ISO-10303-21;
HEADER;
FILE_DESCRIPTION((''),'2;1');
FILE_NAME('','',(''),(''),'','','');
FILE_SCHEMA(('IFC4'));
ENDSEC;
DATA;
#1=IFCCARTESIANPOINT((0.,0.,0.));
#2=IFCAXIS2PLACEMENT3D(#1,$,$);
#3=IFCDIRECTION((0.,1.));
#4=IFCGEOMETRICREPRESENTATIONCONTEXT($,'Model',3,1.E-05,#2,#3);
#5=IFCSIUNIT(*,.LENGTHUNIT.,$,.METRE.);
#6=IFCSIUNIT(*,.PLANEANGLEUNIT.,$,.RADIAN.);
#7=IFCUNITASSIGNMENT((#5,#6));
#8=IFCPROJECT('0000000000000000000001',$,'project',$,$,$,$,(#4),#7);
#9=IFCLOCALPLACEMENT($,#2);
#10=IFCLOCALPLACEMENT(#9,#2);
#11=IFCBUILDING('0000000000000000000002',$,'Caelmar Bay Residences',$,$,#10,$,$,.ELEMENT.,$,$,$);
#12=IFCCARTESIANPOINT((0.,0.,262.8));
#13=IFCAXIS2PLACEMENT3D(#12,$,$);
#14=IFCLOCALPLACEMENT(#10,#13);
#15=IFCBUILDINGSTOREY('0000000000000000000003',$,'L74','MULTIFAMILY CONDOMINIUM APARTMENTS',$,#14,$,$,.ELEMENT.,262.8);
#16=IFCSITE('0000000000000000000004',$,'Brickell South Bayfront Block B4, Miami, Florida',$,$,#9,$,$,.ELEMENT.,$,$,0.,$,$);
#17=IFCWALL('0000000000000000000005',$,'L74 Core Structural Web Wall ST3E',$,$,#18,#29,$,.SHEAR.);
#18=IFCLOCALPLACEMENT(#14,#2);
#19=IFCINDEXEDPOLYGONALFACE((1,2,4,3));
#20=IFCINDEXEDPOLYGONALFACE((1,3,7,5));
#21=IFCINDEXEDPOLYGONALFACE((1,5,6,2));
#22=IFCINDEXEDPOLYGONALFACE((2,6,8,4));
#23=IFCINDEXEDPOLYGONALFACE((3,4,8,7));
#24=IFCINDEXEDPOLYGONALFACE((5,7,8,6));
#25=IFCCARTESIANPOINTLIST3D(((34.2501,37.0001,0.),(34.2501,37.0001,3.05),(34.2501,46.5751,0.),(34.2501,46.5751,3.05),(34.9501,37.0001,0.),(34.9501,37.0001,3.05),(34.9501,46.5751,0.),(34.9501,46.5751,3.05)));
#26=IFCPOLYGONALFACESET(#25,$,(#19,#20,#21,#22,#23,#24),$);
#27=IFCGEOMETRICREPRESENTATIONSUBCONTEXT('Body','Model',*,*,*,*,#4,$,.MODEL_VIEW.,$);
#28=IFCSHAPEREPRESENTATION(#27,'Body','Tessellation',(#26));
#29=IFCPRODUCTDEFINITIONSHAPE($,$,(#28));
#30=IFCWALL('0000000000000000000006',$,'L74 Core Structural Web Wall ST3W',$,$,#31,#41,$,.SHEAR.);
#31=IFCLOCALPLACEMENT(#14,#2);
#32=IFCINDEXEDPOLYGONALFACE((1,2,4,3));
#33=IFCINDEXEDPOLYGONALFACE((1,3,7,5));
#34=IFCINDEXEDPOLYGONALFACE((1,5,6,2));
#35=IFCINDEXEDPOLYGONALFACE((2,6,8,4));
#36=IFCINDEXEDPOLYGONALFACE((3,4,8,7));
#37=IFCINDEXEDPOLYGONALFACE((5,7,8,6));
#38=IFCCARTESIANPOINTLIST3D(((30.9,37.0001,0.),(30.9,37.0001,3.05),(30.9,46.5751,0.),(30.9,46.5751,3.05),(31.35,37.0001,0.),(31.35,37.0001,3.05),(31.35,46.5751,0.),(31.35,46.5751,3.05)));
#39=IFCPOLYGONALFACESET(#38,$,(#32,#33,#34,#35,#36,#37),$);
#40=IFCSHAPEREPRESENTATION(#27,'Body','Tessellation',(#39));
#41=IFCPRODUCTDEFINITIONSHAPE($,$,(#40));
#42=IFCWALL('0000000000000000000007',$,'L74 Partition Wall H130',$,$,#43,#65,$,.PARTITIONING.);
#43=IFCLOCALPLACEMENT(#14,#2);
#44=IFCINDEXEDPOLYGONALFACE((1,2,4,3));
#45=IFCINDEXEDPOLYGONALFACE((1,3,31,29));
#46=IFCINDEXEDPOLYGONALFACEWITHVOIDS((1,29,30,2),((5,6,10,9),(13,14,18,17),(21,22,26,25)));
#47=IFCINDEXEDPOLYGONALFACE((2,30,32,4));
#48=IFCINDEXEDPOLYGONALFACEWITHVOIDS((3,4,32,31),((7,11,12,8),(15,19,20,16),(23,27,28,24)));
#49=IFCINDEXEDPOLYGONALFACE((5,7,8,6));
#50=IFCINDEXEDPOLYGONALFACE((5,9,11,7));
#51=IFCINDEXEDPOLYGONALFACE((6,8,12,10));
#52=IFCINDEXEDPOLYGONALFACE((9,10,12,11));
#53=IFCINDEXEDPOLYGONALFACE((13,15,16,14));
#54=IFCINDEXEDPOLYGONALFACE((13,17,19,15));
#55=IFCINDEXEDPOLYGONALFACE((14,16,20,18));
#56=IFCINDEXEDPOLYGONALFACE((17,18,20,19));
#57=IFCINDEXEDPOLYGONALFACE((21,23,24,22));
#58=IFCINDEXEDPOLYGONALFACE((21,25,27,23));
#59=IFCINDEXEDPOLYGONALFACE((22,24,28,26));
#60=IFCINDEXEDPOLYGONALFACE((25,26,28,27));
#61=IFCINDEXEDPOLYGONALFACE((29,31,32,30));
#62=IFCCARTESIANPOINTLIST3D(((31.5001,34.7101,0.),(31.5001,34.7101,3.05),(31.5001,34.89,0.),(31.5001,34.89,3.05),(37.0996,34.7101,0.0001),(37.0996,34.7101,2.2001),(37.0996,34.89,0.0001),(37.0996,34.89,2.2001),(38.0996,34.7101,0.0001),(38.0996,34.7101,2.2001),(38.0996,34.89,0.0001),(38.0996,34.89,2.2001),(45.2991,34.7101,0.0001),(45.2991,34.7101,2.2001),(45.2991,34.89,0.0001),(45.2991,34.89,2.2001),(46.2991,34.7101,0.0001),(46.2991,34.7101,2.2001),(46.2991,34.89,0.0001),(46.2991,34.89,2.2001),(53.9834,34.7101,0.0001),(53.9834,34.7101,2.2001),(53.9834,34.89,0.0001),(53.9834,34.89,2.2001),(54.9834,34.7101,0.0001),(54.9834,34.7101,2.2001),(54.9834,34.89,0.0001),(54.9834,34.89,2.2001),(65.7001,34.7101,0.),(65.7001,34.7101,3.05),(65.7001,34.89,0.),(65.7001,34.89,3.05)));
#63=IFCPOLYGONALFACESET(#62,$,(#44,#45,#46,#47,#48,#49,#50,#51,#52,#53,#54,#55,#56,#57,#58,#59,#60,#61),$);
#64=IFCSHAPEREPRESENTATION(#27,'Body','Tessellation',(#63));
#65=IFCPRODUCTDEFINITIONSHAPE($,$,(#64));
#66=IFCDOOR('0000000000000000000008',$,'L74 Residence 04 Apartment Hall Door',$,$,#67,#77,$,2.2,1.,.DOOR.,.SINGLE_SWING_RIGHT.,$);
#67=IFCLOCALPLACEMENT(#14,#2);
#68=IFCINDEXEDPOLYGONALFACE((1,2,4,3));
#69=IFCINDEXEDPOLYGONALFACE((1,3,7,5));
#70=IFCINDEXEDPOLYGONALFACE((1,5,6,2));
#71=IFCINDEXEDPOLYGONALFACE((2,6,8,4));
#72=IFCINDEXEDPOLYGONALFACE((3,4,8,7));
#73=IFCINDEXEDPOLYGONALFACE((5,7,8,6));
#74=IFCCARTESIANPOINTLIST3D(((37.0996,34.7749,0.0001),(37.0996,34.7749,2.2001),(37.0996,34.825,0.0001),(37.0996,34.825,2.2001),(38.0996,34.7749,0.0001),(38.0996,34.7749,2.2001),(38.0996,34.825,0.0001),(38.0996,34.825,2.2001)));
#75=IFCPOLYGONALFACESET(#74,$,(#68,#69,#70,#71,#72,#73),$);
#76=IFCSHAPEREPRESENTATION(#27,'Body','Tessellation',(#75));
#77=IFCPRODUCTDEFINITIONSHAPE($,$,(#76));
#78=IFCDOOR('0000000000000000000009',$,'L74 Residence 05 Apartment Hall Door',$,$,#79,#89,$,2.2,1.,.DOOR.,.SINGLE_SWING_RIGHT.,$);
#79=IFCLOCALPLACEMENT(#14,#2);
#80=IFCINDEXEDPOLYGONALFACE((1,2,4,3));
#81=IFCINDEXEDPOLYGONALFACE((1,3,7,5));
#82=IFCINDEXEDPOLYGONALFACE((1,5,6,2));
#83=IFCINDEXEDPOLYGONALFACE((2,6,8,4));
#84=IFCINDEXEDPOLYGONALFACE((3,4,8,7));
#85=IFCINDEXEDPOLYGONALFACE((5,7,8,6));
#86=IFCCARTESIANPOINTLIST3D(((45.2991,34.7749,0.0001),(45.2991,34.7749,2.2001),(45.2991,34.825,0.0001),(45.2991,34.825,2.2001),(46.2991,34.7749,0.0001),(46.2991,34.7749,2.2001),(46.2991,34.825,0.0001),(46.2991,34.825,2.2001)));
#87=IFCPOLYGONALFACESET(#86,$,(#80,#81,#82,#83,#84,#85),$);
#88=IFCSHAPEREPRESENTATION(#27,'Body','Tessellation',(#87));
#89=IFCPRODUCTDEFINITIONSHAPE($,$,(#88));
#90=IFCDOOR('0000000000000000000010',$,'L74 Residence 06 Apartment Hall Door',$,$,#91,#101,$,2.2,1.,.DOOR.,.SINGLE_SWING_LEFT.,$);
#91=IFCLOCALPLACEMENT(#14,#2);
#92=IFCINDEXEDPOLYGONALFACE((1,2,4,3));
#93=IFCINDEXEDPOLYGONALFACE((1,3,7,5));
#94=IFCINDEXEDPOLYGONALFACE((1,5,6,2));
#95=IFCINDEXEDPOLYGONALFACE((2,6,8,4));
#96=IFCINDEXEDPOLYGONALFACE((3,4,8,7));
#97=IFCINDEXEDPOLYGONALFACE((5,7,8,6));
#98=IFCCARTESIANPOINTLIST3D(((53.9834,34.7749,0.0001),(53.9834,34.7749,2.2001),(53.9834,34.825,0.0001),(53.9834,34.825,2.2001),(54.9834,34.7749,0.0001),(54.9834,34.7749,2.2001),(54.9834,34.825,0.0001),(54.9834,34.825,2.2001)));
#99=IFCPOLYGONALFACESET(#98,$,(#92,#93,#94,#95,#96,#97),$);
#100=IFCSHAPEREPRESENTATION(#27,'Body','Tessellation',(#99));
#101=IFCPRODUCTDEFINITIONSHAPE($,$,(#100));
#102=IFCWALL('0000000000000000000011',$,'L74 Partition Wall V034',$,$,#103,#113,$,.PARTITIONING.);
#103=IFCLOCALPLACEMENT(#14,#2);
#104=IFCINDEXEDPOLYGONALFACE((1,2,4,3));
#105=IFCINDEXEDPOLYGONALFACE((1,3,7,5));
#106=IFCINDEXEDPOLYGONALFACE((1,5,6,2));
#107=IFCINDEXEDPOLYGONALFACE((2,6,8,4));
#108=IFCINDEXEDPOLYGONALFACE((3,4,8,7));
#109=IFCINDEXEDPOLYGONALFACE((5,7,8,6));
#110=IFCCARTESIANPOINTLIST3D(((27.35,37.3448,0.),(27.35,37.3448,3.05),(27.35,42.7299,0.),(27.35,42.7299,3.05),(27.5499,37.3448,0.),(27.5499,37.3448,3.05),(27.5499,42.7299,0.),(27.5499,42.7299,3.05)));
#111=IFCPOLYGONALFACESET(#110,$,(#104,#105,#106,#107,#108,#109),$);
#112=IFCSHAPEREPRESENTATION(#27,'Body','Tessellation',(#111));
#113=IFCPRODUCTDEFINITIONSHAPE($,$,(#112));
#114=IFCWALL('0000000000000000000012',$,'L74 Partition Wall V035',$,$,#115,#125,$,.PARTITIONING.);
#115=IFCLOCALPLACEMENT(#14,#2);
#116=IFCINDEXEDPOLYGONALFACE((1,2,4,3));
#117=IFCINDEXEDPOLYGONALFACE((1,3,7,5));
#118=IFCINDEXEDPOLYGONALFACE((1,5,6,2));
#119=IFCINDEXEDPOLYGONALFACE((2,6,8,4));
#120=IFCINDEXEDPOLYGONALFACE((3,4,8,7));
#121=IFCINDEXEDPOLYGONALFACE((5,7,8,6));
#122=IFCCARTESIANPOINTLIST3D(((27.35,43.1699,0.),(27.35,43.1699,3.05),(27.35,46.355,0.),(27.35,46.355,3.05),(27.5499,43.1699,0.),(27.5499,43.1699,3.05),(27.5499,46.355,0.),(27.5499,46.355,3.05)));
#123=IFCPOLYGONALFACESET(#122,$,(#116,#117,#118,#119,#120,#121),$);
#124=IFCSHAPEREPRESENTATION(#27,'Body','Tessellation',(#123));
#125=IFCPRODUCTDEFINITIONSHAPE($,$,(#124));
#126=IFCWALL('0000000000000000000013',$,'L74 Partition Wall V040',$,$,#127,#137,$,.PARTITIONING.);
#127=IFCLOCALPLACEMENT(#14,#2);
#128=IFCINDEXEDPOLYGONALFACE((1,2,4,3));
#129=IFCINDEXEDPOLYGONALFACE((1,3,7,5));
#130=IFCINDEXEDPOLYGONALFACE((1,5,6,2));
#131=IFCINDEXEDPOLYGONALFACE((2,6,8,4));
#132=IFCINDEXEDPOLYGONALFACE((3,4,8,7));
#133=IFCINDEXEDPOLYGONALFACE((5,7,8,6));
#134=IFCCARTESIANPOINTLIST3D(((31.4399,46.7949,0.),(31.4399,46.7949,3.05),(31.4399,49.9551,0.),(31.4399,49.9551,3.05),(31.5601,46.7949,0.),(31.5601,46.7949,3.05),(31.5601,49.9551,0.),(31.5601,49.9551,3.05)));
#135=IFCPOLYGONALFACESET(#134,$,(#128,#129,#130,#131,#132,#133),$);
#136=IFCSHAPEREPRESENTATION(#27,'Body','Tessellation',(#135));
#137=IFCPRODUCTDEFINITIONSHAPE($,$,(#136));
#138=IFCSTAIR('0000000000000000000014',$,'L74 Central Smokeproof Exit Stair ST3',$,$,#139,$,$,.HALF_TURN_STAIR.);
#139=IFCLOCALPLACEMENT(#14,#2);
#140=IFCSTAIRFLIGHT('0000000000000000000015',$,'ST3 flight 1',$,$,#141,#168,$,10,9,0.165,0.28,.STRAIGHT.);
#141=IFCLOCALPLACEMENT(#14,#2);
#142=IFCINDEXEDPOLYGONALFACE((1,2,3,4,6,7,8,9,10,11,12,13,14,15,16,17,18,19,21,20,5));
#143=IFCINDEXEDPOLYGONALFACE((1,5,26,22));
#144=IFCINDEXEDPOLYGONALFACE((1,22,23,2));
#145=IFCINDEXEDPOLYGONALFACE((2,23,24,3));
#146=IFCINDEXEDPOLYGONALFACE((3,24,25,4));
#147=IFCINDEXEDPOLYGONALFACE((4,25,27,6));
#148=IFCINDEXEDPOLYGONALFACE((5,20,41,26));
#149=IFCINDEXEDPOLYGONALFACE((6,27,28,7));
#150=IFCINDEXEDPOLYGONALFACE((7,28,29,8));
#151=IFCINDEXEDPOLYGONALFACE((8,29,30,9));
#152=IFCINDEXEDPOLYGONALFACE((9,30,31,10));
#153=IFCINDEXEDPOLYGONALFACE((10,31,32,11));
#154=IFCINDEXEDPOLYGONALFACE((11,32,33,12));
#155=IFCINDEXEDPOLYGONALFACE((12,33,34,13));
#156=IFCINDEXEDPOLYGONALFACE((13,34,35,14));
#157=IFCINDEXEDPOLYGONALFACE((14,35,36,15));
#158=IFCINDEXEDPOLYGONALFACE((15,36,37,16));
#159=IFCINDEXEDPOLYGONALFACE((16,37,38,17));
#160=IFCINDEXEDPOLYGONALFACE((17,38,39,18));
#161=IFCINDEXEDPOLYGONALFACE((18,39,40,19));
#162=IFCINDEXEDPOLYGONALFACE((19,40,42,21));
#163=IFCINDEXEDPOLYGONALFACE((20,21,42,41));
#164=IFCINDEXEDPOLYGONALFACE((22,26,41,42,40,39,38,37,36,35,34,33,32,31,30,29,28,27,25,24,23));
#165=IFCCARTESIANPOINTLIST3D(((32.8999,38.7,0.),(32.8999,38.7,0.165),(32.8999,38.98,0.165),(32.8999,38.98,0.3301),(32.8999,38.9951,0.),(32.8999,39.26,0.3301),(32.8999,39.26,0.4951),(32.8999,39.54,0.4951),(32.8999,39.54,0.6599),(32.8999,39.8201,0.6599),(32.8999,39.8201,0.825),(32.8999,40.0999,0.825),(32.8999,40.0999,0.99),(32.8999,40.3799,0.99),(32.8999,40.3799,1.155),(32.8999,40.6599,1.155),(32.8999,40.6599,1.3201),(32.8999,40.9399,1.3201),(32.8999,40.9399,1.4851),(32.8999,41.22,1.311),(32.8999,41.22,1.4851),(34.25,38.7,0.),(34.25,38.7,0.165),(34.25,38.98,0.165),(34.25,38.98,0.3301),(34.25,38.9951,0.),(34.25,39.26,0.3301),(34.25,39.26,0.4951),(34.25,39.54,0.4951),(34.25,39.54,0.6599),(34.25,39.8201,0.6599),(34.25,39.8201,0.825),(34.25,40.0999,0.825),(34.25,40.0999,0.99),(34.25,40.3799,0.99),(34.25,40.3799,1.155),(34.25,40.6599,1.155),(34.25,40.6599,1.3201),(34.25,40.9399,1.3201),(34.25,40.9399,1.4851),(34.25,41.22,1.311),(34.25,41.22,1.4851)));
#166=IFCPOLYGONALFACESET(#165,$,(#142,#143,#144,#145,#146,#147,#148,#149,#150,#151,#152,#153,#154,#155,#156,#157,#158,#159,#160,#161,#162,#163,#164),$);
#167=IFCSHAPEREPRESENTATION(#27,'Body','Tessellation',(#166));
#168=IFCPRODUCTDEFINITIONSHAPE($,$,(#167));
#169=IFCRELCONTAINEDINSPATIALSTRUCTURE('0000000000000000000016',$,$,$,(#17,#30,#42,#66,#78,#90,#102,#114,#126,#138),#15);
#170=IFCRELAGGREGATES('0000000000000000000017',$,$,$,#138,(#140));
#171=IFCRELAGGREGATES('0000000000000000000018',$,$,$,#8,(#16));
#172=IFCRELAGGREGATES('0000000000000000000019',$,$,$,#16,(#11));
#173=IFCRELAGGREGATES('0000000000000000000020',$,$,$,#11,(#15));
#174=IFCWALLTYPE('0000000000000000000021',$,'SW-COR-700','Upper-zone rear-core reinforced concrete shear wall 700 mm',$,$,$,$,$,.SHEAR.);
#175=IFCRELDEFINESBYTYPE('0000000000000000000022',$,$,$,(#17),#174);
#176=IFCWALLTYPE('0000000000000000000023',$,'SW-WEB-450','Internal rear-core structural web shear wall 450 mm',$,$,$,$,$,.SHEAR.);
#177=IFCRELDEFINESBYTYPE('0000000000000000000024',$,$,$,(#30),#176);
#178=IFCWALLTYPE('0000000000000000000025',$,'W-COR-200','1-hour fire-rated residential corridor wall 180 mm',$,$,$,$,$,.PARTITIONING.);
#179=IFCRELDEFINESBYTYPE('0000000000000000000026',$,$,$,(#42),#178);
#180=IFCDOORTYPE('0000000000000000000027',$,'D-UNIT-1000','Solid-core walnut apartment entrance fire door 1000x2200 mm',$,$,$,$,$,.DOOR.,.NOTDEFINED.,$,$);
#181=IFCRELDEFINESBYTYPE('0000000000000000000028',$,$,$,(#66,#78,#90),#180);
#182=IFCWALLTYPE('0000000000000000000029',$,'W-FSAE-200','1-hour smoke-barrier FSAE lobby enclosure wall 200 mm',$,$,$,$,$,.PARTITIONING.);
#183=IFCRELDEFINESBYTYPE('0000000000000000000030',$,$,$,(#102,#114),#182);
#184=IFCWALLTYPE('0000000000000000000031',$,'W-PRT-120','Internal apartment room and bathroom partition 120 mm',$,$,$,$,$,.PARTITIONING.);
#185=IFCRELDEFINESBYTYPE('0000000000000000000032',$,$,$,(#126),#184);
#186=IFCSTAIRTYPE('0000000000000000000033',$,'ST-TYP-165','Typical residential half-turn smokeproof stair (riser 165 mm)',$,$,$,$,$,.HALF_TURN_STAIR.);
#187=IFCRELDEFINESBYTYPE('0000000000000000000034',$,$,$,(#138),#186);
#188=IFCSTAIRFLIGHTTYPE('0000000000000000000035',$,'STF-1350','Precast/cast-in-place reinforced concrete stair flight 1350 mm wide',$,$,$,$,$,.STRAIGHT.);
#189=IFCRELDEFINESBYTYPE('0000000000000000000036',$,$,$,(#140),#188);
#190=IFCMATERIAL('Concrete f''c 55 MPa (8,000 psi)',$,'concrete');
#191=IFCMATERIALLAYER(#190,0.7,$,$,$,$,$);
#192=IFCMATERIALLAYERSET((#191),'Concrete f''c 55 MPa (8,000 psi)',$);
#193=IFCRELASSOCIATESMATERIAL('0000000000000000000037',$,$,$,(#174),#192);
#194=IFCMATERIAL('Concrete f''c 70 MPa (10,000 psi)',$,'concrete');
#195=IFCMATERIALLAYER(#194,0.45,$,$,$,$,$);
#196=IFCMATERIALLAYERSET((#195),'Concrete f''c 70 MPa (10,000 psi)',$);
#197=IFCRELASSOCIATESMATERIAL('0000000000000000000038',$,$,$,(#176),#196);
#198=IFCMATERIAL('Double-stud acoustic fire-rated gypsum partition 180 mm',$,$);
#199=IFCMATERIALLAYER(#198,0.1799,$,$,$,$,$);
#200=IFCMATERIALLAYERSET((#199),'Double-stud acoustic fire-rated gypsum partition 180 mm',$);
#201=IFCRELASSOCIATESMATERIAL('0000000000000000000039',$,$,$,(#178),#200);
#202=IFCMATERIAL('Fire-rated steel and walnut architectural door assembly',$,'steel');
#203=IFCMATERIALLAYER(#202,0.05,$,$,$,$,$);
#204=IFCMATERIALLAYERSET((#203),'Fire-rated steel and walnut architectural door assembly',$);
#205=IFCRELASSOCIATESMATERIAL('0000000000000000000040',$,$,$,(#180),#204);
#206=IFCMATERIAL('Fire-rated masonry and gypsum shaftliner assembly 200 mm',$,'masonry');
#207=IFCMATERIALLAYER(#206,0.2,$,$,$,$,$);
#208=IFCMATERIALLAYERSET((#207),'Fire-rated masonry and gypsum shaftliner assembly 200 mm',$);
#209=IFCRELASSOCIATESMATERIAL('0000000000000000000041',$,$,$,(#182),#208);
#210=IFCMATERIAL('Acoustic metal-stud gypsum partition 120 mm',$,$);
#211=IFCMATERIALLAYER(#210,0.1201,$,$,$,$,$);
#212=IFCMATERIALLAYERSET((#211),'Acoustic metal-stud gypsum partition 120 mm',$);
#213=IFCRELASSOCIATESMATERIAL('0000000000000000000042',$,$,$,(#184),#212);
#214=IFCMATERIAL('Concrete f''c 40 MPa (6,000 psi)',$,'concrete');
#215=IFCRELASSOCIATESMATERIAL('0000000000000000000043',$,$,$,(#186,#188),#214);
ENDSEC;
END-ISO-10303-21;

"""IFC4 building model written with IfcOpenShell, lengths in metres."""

from ifc_helpers import new_model, si_unit, direction, frame, frame_2d, origin, place, context, subcontext, project, spatial, polyline, rectangle, outline, extrude, material, layer, layer_set, type_object, element, fill, aggregate, save


model = new_model("IFC4")

# Units and contexts
model_context = context("Model", 3, precision=1e-05, world=origin(), true_north=direction((0.0, 1.0)))
body_context = subcontext(model_context, "Body", "Model", "MODEL_VIEW")
ifc_project = project(units=[si_unit("LENGTHUNIT", "METRE"), si_unit("PLANEANGLEUNIT", "RADIAN")], contexts=[model_context])

# Site, building, storey
site_placement = place(None, origin())
site = spatial("IfcSite", under=ifc_project, at=site_placement, Name="Brickell South Bayfront Block B4, Miami, Florida", CompositionType="ELEMENT", RefElevation=0.0)
building_placement = place(site_placement, origin())
building = spatial("IfcBuilding", under=site, at=building_placement, Name="Caelmar Bay Residences", CompositionType="ELEMENT")
storey_placement = place(building_placement, frame((0.0, 0.0, 262.8)))
storey = spatial("IfcBuildingStorey", under=building, at=storey_placement, Name="L74", Description="MULTIFAMILY CONDOMINIUM APARTMENTS", CompositionType="ELEMENT", Elevation=262.8)

# Walls
ifc_material_1 = material(Name="Concrete f'c 55 MPa (8,000 psi)", Category="concrete")
ifc_layer_1 = layer(ifc_material_1, 0.7)
ifc_layer_set_1 = layer_set([ifc_layer_1], Name="Concrete f'c 55 MPa (8,000 psi)")
wall_type_1 = type_object("IfcWallType", Name="SW-COR-700", Description="Upper-zone rear-core reinforced concrete shear wall 700 mm", PredefinedType="SHEAR", material=ifc_layer_set_1)
wall_1_placement = place(storey_placement, frame((34.6001, 37.0, 0.0), z_axis=(0.0, 0.0, 1.0), x_axis=(0.0, 1.0, 0.0)))
element("IfcWall", 1, at=wall_1_placement, inside=storey, type_object=wall_type_1, Name="L74 Core Structural Web Wall ST3E", PredefinedType="SHEAR", context=body_context, shape_type="SweptSolid", body=[
    extrude(rectangle(XDim=9.575, YDim=0.7, at=frame_2d((4.7876, 0.0))), origin(), (0.0, 0.0, 1.0), 3.05),
])
ifc_material_2 = material(Name="Concrete f'c 70 MPa (10,000 psi)", Category="concrete")
ifc_layer_2 = layer(ifc_material_2, 0.45)
ifc_layer_set_2 = layer_set([ifc_layer_2], Name="Concrete f'c 70 MPa (10,000 psi)")
wall_type_2 = type_object("IfcWallType", Name="SW-WEB-450", Description="Internal rear-core structural web shear wall 450 mm", PredefinedType="SHEAR", material=ifc_layer_set_2)
wall_2_placement = place(storey_placement, frame((31.125, 37.0, 0.0), z_axis=(0.0, 0.0, 1.0), x_axis=(0.0, 1.0, 0.0)))
element("IfcWall", 2, at=wall_2_placement, inside=storey, type_object=wall_type_2, Name="L74 Core Structural Web Wall ST3W", PredefinedType="SHEAR", context=body_context, shape_type="SweptSolid", body=[
    extrude(rectangle(XDim=9.575, YDim=0.45, at=frame_2d((4.7876, 0.0))), origin(), (0.0, 0.0, 1.0), 3.05),
])

# Wall, openings, doors
ifc_material_3 = material(Name="Double-stud acoustic fire-rated gypsum partition 180 mm")
ifc_layer_3 = layer(ifc_material_3, 0.1799)
ifc_layer_set_3 = layer_set([ifc_layer_3], Name="Double-stud acoustic fire-rated gypsum partition 180 mm")
wall_type_3 = type_object("IfcWallType", Name="W-COR-200", Description="1-hour fire-rated residential corridor wall 180 mm", PredefinedType="PARTITIONING", material=ifc_layer_set_3)
wall_3_placement = place(storey_placement, frame((31.5, 34.8, 0.0), z_axis=(0.0, 0.0, 1.0), x_axis=(1.0, 0.0, 0.0)))
wall_3 = element("IfcWall", 3, at=wall_3_placement, inside=storey, type_object=wall_type_3, Name="L74 Partition Wall H130", PredefinedType="PARTITIONING", context=body_context, shape_type="SweptSolid", body=[
    extrude(rectangle(XDim=34.2, YDim=0.1799, at=frame_2d((17.1001, 0.0))), origin(), (0.0, 0.0, 1.0), 3.05),
])
opening_1_placement = place(wall_3_placement, frame((5.5996, 0.0, 0.0)))
opening_1 = element("IfcOpeningElement", 4, at=opening_1_placement, cuts=wall_3, PredefinedType="OPENING", context=body_context, shape_type="SweptSolid", body=[
    extrude(rectangle(XDim=1.0, YDim=2.2, at=frame_2d((0.5, 1.1001))), frame((0.0, 0.0999, 0.0), z_axis=(0.0, -1.0, 0.0), x_axis=(1.0, 0.0, 0.0)), (0.0, 0.0, 1.0), 0.2),
])
opening_2_placement = place(wall_3_placement, frame((13.7991, 0.0, 0.0)))
opening_2 = element("IfcOpeningElement", 5, at=opening_2_placement, cuts=wall_3, PredefinedType="OPENING", context=body_context, shape_type="SweptSolid", body=[
    extrude(rectangle(XDim=1.0, YDim=2.2, at=frame_2d((0.5, 1.1001))), frame((0.0, 0.0999, 0.0), z_axis=(0.0, -1.0, 0.0), x_axis=(1.0, 0.0, 0.0)), (0.0, 0.0, 1.0), 0.2),
])
opening_3_placement = place(wall_3_placement, frame((22.4834, 0.0, 0.0)))
opening_3 = element("IfcOpeningElement", 6, at=opening_3_placement, cuts=wall_3, PredefinedType="OPENING", context=body_context, shape_type="SweptSolid", body=[
    extrude(rectangle(XDim=1.0, YDim=2.2, at=frame_2d((0.5, 1.1001))), frame((0.0, 0.0999, 0.0), z_axis=(0.0, -1.0, 0.0), x_axis=(1.0, 0.0, 0.0)), (0.0, 0.0, 1.0), 0.2),
])
ifc_material_4 = material(Name="Fire-rated steel and walnut architectural door assembly", Category="steel")
ifc_layer_4 = layer(ifc_material_4, 0.05)
ifc_layer_set_4 = layer_set([ifc_layer_4], Name="Fire-rated steel and walnut architectural door assembly")
door_type = type_object("IfcDoorType", Name="D-UNIT-1000", Description="Solid-core walnut apartment entrance fire door 1000x2200 mm", OperationType="NOTDEFINED", PredefinedType="DOOR", material=ifc_layer_set_4)
door_1_placement = place(opening_1_placement, origin())
door_1 = element("IfcDoor", 7, at=door_1_placement, inside=storey, type_object=door_type, Name="L74 Residence 04 Apartment Hall Door", OperationType="SINGLE_SWING_RIGHT", OverallHeight=2.2, OverallWidth=1.0, PredefinedType="DOOR", context=body_context, shape_type="SweptSolid", body=[
    extrude(rectangle(XDim=1.0, YDim=2.2, at=frame_2d((0.5, 1.1001))), frame((0.0, 0.0249, 0.0), z_axis=(0.0, -1.0, 0.0), x_axis=(1.0, 0.0, 0.0)), (0.0, 0.0, 1.0), 0.05),
])
fill(opening_1, door_1)
door_2_placement = place(opening_2_placement, origin())
door_2 = element("IfcDoor", 8, at=door_2_placement, inside=storey, type_object=door_type, Name="L74 Residence 05 Apartment Hall Door", OperationType="SINGLE_SWING_RIGHT", OverallHeight=2.2, OverallWidth=1.0, PredefinedType="DOOR", context=body_context, shape_type="SweptSolid", body=[
    extrude(rectangle(XDim=1.0, YDim=2.2, at=frame_2d((0.5, 1.1001))), frame((0.0, 0.0249, 0.0), z_axis=(0.0, -1.0, 0.0), x_axis=(1.0, 0.0, 0.0)), (0.0, 0.0, 1.0), 0.05),
])
fill(opening_2, door_2)
door_3_placement = place(opening_3_placement, origin())
door_3 = element("IfcDoor", 9, at=door_3_placement, inside=storey, type_object=door_type, Name="L74 Residence 06 Apartment Hall Door", OperationType="SINGLE_SWING_LEFT", OverallHeight=2.2, OverallWidth=1.0, PredefinedType="DOOR", context=body_context, shape_type="SweptSolid", body=[
    extrude(rectangle(XDim=1.0, YDim=2.2, at=frame_2d((0.5, 1.1001))), frame((0.0, 0.0249, 0.0), z_axis=(0.0, -1.0, 0.0), x_axis=(1.0, 0.0, 0.0)), (0.0, 0.0, 1.0), 0.05),
])
fill(opening_3, door_3)

# Walls
ifc_material_5 = material(Name="Fire-rated masonry and gypsum shaftliner assembly 200 mm", Category="masonry")
ifc_layer_5 = layer(ifc_material_5, 0.2)
ifc_layer_set_5 = layer_set([ifc_layer_5], Name="Fire-rated masonry and gypsum shaftliner assembly 200 mm")
wall_type_4 = type_object("IfcWallType", Name="W-FSAE-200", Description="1-hour smoke-barrier FSAE lobby enclosure wall 200 mm", PredefinedType="PARTITIONING", material=ifc_layer_set_5)
wall_4_placement = place(storey_placement, frame((27.45, 37.345, 0.0), z_axis=(0.0, 0.0, 1.0), x_axis=(0.0, 1.0, 0.0)))
element("IfcWall", 10, at=wall_4_placement, inside=storey, type_object=wall_type_4, Name="L74 Partition Wall V034", PredefinedType="PARTITIONING", context=body_context, shape_type="SweptSolid", body=[
    extrude(rectangle(XDim=5.385, YDim=0.2, at=frame_2d((2.6924, 0.0))), origin(), (0.0, 0.0, 1.0), 3.05),
])
wall_5_placement = place(storey_placement, frame((27.45, 43.1699, 0.0), z_axis=(0.0, 0.0, 1.0), x_axis=(0.0, 1.0, 0.0)))
element("IfcWall", 11, at=wall_5_placement, inside=storey, type_object=wall_type_4, Name="L74 Partition Wall V035", PredefinedType="PARTITIONING", context=body_context, shape_type="SweptSolid", body=[
    extrude(rectangle(XDim=3.1851, YDim=0.2, at=frame_2d((1.5925, 0.0))), origin(), (0.0, 0.0, 1.0), 3.05),
])
ifc_material_6 = material(Name="Acoustic metal-stud gypsum partition 120 mm")
ifc_layer_6 = layer(ifc_material_6, 0.1201)
ifc_layer_set_6 = layer_set([ifc_layer_6], Name="Acoustic metal-stud gypsum partition 120 mm")
wall_type_5 = type_object("IfcWallType", Name="W-PRT-120", Description="Internal apartment room and bathroom partition 120 mm", PredefinedType="PARTITIONING", material=ifc_layer_set_6)
wall_6_placement = place(storey_placement, frame((31.5, 46.7949, 0.0), z_axis=(0.0, 0.0, 1.0), x_axis=(0.0, 1.0, 0.0)))
element("IfcWall", 12, at=wall_6_placement, inside=storey, type_object=wall_type_5, Name="L74 Partition Wall V040", PredefinedType="PARTITIONING", context=body_context, shape_type="SweptSolid", body=[
    extrude(rectangle(XDim=3.1602, YDim=0.1201, at=frame_2d((1.5801, 0.0))), origin(), (0.0, 0.0, 1.0), 3.05),
])

# Stair, stair flight
ifc_material_7 = material(Name="Concrete f'c 40 MPa (6,000 psi)", Category="concrete")
stair_type = type_object("IfcStairType", Name="ST-TYP-165", Description="Typical residential half-turn smokeproof stair (riser 165 mm)", PredefinedType="HALF_TURN_STAIR", material=ifc_material_7)
stair_placement = place(storey_placement, origin())
stair = element("IfcStair", 13, at=stair_placement, inside=storey, type_object=stair_type, Name="L74 Central Smokeproof Exit Stair ST3", PredefinedType="HALF_TURN_STAIR")
stair_flight_type = type_object("IfcStairFlightType", Name="STF-1350", Description="Precast/cast-in-place reinforced concrete stair flight 1350 mm wide", PredefinedType="STRAIGHT", material=ifc_material_7)
stair_flight_1_placement = place(storey_placement, frame((33.575, 38.7, 0.0), z_axis=(0.0, 0.0, 1.0), x_axis=(0.0, 1.0, 0.0)))
stair_flight_1 = element("IfcStairFlight", 14, at=stair_flight_1_placement, type_object=stair_flight_type, Name="ST3 flight 1", NumberOfRisers=10, NumberOfTreads=9, PredefinedType="STRAIGHT", RiserHeight=0.165, TreadLength=0.28, context=body_context, shape_type="SweptSolid", body=[
    extrude(outline(polyline([(0.0, 0.0), (0.0, 0.165), (0.28, 0.165), (0.28, 0.3301), (0.5601, 0.3301), (0.5601, 0.4951), (0.8401, 0.4951), (0.8401, 0.6599), (1.1201, 0.6599), (1.1201, 0.825), (1.3999, 0.825), (1.3999, 0.99), (1.6799, 0.99), (1.6799, 1.155), (1.96, 1.155), (1.96, 1.3201), (2.24, 1.3201), (2.24, 1.4851), (2.52, 1.4851), (2.52, 1.6499), (2.52, 1.311), (0.2952, 0.0), (0.0, 0.0)])), frame((0.0, 0.675, 0.0), z_axis=(0.0, -1.0, 0.0), x_axis=(1.0, 0.0, 0.0)), (0.0, 0.0, 1.0), 1.3501),
])
aggregate(stair, [stair_flight_1])

save(model, "model.ifc")
